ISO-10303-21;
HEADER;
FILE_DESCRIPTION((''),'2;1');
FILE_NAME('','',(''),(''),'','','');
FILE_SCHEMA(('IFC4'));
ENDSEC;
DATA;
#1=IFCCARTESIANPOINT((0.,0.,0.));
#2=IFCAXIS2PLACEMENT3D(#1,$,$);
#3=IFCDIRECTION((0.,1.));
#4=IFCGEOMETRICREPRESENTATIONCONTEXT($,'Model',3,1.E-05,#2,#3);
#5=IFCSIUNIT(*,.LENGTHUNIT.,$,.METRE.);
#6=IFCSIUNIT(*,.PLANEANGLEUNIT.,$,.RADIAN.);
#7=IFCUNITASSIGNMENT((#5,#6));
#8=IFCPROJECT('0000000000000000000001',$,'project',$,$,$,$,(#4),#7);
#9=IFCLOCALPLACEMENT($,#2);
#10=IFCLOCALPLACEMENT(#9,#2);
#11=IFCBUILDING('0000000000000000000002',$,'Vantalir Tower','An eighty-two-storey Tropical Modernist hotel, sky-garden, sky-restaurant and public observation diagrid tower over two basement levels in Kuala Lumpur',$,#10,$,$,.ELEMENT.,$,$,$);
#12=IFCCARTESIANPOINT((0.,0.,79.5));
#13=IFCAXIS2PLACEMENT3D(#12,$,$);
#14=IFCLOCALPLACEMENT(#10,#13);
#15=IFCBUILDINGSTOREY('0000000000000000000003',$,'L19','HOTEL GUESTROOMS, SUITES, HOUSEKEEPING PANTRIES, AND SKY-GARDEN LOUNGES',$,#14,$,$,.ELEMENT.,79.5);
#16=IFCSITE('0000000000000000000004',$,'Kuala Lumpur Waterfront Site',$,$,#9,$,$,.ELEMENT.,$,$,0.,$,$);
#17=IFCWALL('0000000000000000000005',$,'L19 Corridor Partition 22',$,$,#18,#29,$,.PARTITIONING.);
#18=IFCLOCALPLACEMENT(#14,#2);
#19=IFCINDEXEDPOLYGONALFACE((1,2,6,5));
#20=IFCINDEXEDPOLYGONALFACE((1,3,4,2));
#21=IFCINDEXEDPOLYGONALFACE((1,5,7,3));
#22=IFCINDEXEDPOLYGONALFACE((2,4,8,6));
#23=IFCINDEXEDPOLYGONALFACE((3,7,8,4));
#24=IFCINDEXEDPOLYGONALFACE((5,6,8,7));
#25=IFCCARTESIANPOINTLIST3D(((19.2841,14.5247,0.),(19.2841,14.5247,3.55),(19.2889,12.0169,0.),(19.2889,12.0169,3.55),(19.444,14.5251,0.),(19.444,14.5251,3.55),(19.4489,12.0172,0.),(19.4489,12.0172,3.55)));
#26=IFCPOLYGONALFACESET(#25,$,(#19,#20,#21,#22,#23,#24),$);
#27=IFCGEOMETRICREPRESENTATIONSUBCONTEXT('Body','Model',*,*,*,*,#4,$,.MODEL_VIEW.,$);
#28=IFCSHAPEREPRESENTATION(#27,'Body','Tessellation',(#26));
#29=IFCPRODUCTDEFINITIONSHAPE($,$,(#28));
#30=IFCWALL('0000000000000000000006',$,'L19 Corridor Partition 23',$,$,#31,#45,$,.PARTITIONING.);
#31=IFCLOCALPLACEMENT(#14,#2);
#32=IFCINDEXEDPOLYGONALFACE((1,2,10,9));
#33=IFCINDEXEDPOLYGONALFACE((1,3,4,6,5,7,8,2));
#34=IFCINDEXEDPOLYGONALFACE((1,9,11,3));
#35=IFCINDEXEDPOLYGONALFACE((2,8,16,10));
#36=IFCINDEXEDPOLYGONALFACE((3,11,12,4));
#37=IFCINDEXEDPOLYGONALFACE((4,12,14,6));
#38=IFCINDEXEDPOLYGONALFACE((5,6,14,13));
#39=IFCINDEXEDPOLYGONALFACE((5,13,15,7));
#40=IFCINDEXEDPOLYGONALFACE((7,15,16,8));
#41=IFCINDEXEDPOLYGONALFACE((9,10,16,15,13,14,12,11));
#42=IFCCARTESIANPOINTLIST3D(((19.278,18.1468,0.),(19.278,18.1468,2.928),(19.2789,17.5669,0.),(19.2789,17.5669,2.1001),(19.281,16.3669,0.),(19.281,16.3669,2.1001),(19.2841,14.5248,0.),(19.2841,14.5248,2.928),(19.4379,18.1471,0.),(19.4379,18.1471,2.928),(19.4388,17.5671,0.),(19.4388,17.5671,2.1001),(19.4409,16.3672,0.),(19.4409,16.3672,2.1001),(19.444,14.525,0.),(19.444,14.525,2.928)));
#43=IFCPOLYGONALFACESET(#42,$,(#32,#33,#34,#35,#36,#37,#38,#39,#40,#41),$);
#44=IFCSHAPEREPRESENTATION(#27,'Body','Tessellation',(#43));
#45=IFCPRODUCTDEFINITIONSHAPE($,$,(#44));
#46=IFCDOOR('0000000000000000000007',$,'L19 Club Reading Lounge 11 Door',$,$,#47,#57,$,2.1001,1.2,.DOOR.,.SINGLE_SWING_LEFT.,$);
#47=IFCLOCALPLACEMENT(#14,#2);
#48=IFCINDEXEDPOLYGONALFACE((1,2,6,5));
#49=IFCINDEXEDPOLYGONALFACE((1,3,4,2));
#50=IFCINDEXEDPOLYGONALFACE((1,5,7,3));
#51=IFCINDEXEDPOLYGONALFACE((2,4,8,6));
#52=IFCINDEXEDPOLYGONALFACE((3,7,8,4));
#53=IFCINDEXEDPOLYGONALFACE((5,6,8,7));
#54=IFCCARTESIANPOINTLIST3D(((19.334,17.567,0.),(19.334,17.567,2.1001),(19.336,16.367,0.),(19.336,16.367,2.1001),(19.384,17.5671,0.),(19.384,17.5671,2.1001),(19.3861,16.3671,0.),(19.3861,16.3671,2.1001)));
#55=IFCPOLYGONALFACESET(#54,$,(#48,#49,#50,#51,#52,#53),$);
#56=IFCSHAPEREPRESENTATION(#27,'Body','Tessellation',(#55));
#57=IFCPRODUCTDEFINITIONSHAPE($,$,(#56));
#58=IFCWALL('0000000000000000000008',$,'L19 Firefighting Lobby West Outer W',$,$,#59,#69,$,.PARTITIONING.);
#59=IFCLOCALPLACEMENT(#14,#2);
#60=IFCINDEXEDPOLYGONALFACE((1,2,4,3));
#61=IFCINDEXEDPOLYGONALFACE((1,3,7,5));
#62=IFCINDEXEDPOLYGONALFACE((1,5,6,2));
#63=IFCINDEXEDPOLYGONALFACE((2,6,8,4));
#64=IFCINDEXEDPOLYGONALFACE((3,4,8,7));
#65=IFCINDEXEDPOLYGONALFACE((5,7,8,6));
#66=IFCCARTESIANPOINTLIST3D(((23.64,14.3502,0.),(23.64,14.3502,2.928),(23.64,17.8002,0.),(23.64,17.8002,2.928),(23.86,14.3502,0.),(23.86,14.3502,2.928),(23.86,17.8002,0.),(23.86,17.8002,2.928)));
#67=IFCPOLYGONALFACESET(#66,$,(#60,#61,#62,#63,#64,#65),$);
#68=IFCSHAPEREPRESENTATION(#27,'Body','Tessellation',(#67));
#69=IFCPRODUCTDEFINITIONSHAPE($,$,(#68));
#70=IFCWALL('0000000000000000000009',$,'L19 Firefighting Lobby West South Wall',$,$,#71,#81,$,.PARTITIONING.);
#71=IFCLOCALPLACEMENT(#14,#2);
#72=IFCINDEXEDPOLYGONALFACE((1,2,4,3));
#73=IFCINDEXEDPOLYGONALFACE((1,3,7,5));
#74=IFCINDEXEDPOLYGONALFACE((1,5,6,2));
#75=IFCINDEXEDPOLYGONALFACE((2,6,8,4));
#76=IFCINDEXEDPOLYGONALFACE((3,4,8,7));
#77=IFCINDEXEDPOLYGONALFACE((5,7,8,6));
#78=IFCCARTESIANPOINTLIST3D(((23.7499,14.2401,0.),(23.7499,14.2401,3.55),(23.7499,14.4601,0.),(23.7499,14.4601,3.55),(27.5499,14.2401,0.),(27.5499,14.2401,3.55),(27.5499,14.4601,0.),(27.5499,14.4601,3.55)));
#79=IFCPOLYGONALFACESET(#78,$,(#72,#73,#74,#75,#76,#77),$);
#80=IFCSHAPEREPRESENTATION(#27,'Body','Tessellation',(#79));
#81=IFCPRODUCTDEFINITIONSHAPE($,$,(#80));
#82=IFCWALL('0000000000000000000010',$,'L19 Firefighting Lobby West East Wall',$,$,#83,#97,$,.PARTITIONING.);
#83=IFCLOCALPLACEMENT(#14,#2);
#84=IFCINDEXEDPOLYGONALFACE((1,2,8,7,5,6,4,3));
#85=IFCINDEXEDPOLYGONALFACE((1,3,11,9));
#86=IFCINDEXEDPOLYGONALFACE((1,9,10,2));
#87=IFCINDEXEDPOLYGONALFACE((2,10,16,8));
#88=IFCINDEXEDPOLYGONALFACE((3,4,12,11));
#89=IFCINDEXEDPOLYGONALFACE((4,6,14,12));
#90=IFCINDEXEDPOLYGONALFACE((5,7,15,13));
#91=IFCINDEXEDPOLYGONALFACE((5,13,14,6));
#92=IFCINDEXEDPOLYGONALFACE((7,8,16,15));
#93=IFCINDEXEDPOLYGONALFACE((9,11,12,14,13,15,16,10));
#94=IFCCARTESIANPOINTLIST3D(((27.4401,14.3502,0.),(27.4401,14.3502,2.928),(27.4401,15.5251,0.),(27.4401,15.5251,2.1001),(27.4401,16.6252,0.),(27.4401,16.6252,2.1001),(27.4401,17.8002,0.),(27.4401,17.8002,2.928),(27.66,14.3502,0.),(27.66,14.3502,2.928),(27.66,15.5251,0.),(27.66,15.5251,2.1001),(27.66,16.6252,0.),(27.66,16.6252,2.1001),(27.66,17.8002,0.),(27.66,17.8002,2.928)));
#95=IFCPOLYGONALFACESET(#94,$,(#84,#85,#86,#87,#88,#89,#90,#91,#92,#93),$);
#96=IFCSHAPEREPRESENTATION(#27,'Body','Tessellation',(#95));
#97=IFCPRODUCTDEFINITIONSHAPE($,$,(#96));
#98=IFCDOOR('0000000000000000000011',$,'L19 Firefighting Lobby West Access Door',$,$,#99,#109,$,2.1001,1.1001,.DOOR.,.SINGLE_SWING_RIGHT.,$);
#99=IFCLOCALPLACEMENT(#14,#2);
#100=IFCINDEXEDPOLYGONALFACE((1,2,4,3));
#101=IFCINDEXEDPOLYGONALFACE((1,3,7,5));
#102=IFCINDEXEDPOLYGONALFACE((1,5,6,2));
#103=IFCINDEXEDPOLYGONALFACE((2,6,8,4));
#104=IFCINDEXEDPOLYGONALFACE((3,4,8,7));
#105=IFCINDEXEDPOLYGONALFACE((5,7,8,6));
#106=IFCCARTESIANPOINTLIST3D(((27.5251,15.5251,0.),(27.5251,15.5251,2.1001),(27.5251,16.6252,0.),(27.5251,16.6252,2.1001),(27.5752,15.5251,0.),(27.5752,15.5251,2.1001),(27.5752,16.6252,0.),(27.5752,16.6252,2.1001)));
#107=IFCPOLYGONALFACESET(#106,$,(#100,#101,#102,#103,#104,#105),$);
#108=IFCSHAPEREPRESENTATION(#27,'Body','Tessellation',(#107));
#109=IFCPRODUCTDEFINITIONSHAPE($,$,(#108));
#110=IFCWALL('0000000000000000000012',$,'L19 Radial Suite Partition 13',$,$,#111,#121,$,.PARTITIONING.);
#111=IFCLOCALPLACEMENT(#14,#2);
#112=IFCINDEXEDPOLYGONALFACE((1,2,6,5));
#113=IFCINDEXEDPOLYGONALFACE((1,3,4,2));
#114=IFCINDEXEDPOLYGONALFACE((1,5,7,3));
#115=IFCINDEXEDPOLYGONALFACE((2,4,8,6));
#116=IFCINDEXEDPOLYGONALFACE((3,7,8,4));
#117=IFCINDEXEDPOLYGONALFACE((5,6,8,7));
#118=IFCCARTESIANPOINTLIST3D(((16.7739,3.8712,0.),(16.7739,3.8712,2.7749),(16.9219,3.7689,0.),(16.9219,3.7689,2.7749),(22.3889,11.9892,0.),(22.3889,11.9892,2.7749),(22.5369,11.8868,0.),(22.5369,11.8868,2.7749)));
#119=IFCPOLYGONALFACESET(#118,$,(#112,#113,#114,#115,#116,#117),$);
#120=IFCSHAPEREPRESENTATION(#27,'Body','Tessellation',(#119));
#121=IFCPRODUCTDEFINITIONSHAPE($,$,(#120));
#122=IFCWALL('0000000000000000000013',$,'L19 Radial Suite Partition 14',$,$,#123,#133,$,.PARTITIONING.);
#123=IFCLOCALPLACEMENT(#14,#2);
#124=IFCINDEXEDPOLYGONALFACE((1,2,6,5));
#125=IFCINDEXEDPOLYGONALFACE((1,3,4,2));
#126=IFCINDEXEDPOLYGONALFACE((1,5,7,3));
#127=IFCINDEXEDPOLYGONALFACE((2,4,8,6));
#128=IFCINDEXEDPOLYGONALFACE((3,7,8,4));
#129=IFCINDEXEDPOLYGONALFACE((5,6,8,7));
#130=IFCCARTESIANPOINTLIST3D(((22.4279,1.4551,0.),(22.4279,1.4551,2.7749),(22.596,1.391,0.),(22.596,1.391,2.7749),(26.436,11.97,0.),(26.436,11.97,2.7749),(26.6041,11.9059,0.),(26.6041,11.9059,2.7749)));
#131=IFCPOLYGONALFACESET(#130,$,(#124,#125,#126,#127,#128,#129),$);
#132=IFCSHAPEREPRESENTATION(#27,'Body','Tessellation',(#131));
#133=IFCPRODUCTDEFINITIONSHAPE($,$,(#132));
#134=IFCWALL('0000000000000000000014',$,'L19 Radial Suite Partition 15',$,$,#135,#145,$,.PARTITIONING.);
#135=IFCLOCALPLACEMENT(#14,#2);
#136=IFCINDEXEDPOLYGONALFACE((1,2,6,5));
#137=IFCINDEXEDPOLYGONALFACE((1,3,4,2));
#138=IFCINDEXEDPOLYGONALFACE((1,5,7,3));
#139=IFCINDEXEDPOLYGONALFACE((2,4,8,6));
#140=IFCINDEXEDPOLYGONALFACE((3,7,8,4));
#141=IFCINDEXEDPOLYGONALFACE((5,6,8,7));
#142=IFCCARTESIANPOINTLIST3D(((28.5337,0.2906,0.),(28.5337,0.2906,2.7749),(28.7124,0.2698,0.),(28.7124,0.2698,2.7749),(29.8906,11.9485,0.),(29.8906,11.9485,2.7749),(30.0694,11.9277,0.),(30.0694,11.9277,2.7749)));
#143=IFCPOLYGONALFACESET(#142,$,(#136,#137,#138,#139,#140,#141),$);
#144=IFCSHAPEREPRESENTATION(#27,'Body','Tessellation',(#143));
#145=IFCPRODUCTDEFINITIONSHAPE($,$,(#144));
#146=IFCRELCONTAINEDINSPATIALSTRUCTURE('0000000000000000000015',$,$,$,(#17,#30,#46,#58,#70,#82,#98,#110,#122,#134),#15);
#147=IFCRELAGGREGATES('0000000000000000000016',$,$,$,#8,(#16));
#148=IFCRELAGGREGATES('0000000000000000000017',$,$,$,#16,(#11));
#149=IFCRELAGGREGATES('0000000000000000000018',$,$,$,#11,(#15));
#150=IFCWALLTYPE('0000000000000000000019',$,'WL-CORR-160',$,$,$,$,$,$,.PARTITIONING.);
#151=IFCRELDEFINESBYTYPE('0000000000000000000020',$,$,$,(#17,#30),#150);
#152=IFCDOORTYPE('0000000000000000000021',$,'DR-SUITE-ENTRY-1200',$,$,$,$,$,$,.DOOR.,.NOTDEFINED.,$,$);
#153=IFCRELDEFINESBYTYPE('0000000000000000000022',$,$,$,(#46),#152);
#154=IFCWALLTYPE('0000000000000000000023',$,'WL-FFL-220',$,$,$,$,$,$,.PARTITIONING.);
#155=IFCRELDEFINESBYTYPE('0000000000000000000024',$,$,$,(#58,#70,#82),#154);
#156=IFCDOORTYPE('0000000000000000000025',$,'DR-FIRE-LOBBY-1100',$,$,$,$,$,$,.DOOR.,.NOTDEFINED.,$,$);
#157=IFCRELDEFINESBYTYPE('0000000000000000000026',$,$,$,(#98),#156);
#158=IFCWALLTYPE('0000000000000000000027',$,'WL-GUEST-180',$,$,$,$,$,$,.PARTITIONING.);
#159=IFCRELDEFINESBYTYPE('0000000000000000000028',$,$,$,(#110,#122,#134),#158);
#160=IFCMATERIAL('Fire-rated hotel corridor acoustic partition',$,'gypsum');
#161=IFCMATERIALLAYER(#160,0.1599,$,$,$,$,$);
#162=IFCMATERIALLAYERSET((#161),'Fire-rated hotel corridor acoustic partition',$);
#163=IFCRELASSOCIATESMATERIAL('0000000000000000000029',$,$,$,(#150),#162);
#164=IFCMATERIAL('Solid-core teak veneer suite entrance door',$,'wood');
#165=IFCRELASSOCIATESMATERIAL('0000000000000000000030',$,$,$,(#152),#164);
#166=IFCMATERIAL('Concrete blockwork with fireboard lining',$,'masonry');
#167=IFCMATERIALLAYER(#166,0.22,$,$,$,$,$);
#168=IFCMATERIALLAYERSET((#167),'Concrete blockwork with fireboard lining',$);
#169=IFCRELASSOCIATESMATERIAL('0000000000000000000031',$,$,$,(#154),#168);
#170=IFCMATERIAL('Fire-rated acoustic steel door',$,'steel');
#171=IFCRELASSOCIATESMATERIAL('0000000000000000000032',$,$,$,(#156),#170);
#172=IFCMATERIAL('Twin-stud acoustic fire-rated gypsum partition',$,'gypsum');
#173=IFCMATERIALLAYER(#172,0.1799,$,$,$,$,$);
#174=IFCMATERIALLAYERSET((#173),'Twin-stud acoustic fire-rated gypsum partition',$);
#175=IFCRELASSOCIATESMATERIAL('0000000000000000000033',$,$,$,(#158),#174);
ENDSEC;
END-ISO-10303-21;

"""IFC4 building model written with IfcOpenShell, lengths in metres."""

from ifc_helpers import new_model, si_unit, direction, frame, frame_2d, origin, place, context, subcontext, project, spatial, rectangle, extrude, material, layer, layer_set, type_object, element, fill, save


model = new_model("IFC4")

# Units and contexts
model_context = context("Model", 3, precision=1e-05, world=origin(), true_north=direction((0.0, 1.0)))
body_context = subcontext(model_context, "Body", "Model", "MODEL_VIEW")
ifc_project = project(units=[si_unit("LENGTHUNIT", "METRE"), si_unit("PLANEANGLEUNIT", "RADIAN")], contexts=[model_context])

# Site, building, storey
site_placement = place(None, origin())
site = spatial("IfcSite", under=ifc_project, at=site_placement, Name="Kuala Lumpur Waterfront Site", CompositionType="ELEMENT", RefElevation=0.0)
building_placement = place(site_placement, origin())
building = spatial("IfcBuilding", under=site, at=building_placement, Name="Vantalir Tower", Description="An eighty-two-storey Tropical Modernist hotel, sky-garden, sky-restaurant and public observation diagrid tower over two basement levels in Kuala Lumpur", CompositionType="ELEMENT")
storey_placement = place(building_placement, frame((0.0, 0.0, 79.5)))
storey = spatial("IfcBuildingStorey", under=building, at=storey_placement, Name="L19", Description="HOTEL GUESTROOMS, SUITES, HOUSEKEEPING PANTRIES, AND SKY-GARDEN LOUNGES", CompositionType="ELEMENT", Elevation=79.5)

# Shared definitions
ifc_material_1 = material(Name="Fire-rated hotel corridor acoustic partition", Category="gypsum")
ifc_layer_1 = layer(ifc_material_1, 0.1599)
ifc_layer_set_1 = layer_set([ifc_layer_1], Name="Fire-rated hotel corridor acoustic partition")
wall_type_1 = type_object("IfcWallType", Name="WL-CORR-160", PredefinedType="PARTITIONING", material=ifc_layer_set_1)
ifc_material_2 = material(Name="Solid-core teak veneer suite entrance door", Category="wood")
door_type_1 = type_object("IfcDoorType", Name="DR-SUITE-ENTRY-1200", OperationType="NOTDEFINED", PredefinedType="DOOR", material=ifc_material_2)

# Wall
wall_1_placement = place(storey_placement, frame((19.3689, 12.0171, 0.0), z_axis=(0.0, 0.0, 1.0), x_axis=(-0.001947, 0.999998, 0.0)))
element("IfcWall", 1, at=wall_1_placement, inside=storey, type_object=wall_type_1, Name="L19 Corridor Partition 22", PredefinedType="PARTITIONING", context=body_context, shape_type="SweptSolid", body=[
    extrude(rectangle(XDim=2.5078, YDim=0.1599, at=frame_2d((1.2539, 0.0))), origin(), (0.0, 0.0, 1.0), 3.55),
])

# Wall, opening, door
wall_2_placement = place(storey_placement, frame((19.364, 14.5249, 0.0), z_axis=(0.0, 0.0, 1.0), x_axis=(-0.001685, 0.999999, 0.0)))
wall_2 = element("IfcWall", 2, at=wall_2_placement, inside=storey, type_object=wall_type_1, Name="L19 Corridor Partition 23", PredefinedType="PARTITIONING", context=body_context, shape_type="SweptSolid", body=[
    extrude(rectangle(XDim=3.6221, YDim=0.1599, at=frame_2d((1.811, 0.0))), origin(), (0.0, 0.0, 1.0), 2.928),
])
opening_1_placement = place(wall_2_placement, frame((1.842, 0.0, 0.0)))
opening_1 = element("IfcOpeningElement", 3, at=opening_1_placement, cuts=wall_2, PredefinedType="OPENING", context=body_context, shape_type="SweptSolid", body=[
    extrude(rectangle(XDim=1.2, YDim=2.1001, at=frame_2d((0.6001, 1.05))), frame((0.0, 0.0898, 0.0), z_axis=(0.0, -1.0, 0.0), x_axis=(1.0, 0.0, 0.0)), (0.0, 0.0, 1.0), 0.1799),
])
door_1_placement = place(opening_1_placement, origin())
door_1 = element("IfcDoor", 4, at=door_1_placement, inside=storey, type_object=door_type_1, Name="L19 Club Reading Lounge 11 Door", OperationType="SINGLE_SWING_LEFT", OverallHeight=2.1001, OverallWidth=1.2, PredefinedType="DOOR", context=body_context, shape_type="SweptSolid", body=[
    extrude(rectangle(XDim=1.2, YDim=2.1001, at=frame_2d((0.6001, 1.05))), frame((0.0, 0.0249, 0.0), z_axis=(0.0, -1.0, 0.0), x_axis=(1.0, 0.0, 0.0)), (0.0, 0.0, 1.0), 0.05),
])
fill(opening_1, door_1)

# Walls
ifc_material_3 = material(Name="Concrete blockwork with fireboard lining", Category="masonry")
ifc_layer_2 = layer(ifc_material_3, 0.22)
ifc_layer_set_2 = layer_set([ifc_layer_2], Name="Concrete blockwork with fireboard lining")
wall_type_2 = type_object("IfcWallType", Name="WL-FFL-220", PredefinedType="PARTITIONING", material=ifc_layer_set_2)
wall_3_placement = place(storey_placement, frame((23.75, 14.3501, 0.0), z_axis=(0.0, 0.0, 1.0), x_axis=(0.0, 1.0, 0.0)))
element("IfcWall", 5, at=wall_3_placement, inside=storey, type_object=wall_type_2, Name="L19 Firefighting Lobby West Outer W", PredefinedType="PARTITIONING", context=body_context, shape_type="SweptSolid", body=[
    extrude(rectangle(XDim=3.45, YDim=0.22, at=frame_2d((1.7251, 0.0))), origin(), (0.0, 0.0, 1.0), 2.928),
])
wall_4_placement = place(storey_placement, frame((23.75, 14.3501, 0.0), z_axis=(0.0, 0.0, 1.0), x_axis=(1.0, 0.0, 0.0)))
element("IfcWall", 6, at=wall_4_placement, inside=storey, type_object=wall_type_2, Name="L19 Firefighting Lobby West South Wall", PredefinedType="PARTITIONING", context=body_context, shape_type="SweptSolid", body=[
    extrude(rectangle(XDim=3.8, YDim=0.22, at=frame_2d((1.8999, 0.0))), origin(), (0.0, 0.0, 1.0), 3.55),
])

# Wall, opening, door
wall_5_placement = place(storey_placement, frame((27.55, 14.3501, 0.0), z_axis=(0.0, 0.0, 1.0), x_axis=(0.0, 1.0, 0.0)))
wall_5 = element("IfcWall", 7, at=wall_5_placement, inside=storey, type_object=wall_type_2, Name="L19 Firefighting Lobby West East Wall", PredefinedType="PARTITIONING", context=body_context, shape_type="SweptSolid", body=[
    extrude(rectangle(XDim=3.45, YDim=0.22, at=frame_2d((1.7251, 0.0))), origin(), (0.0, 0.0, 1.0), 2.928),
])
opening_2_placement = place(wall_5_placement, frame((1.175, 0.0, 0.0)))
opening_2 = element("IfcOpeningElement", 8, at=opening_2_placement, cuts=wall_5, PredefinedType="OPENING", context=body_context, shape_type="SweptSolid", body=[
    extrude(rectangle(XDim=1.1001, YDim=2.1001, at=frame_2d((0.55, 1.05))), frame((0.0, 0.1199, 0.0), z_axis=(0.0, -1.0, 0.0), x_axis=(1.0, 0.0, 0.0)), (0.0, 0.0, 1.0), 0.24),
])
ifc_material_4 = material(Name="Fire-rated acoustic steel door", Category="steel")
door_type_2 = type_object("IfcDoorType", Name="DR-FIRE-LOBBY-1100", OperationType="NOTDEFINED", PredefinedType="DOOR", material=ifc_material_4)
door_2_placement = place(opening_2_placement, origin())
door_2 = element("IfcDoor", 9, at=door_2_placement, inside=storey, type_object=door_type_2, Name="L19 Firefighting Lobby West Access Door", OperationType="SINGLE_SWING_RIGHT", OverallHeight=2.1001, OverallWidth=1.1001, PredefinedType="DOOR", context=body_context, shape_type="SweptSolid", body=[
    extrude(rectangle(XDim=1.1001, YDim=2.1001, at=frame_2d((0.55, 1.05))), frame((0.0, 0.0249, 0.0), z_axis=(0.0, -1.0, 0.0), x_axis=(1.0, 0.0, 0.0)), (0.0, 0.0, 1.0), 0.05),
])
fill(opening_2, door_2)

# Walls
ifc_material_5 = material(Name="Twin-stud acoustic fire-rated gypsum partition", Category="gypsum")
ifc_layer_3 = layer(ifc_material_5, 0.1799)
ifc_layer_set_3 = layer_set([ifc_layer_3], Name="Twin-stud acoustic fire-rated gypsum partition")
wall_type_3 = type_object("IfcWallType", Name="WL-GUEST-180", PredefinedType="PARTITIONING", material=ifc_layer_set_3)
wall_6_placement = place(storey_placement, frame((22.4629, 11.938, 0.0), z_axis=(0.0, 0.0, 1.0), x_axis=(-0.56886, -0.822434, 0.0)))
element("IfcWall", 10, at=wall_6_placement, inside=storey, type_object=wall_type_3, Name="L19 Radial Suite Partition 13", PredefinedType="PARTITIONING", context=body_context, shape_type="SweptSolid", body=[
    extrude(rectangle(XDim=9.8706, YDim=0.1799, at=frame_2d((4.9353, 0.0))), origin(), (0.0, 0.0, 1.0), 2.7749),
])
wall_7_placement = place(storey_placement, frame((26.52, 11.938, 0.0), z_axis=(0.0, 0.0, 1.0), x_axis=(-0.35618, -0.934417, 0.0)))
element("IfcWall", 11, at=wall_7_placement, inside=storey, type_object=wall_type_3, Name="L19 Radial Suite Partition 14", PredefinedType="PARTITIONING", context=body_context, shape_type="SweptSolid", body=[
    extrude(rectangle(XDim=11.2529, YDim=0.1799, at=frame_2d((5.6265, 0.0))), origin(), (0.0, 0.0, 1.0), 2.7749),
])
wall_8_placement = place(storey_placement, frame((29.98, 11.938, 0.0), z_axis=(0.0, 0.0, 1.0), x_axis=(-0.115615, -0.993294, 0.0)))
element("IfcWall", 12, at=wall_8_placement, inside=storey, type_object=wall_type_3, Name="L19 Radial Suite Partition 15", PredefinedType="PARTITIONING", context=body_context, shape_type="SweptSolid", body=[
    extrude(rectangle(XDim=11.7366, YDim=0.1799, at=frame_2d((5.8682, 0.0))), origin(), (0.0, 0.0, 1.0), 2.7749),
])

save(model, "model.ifc")
